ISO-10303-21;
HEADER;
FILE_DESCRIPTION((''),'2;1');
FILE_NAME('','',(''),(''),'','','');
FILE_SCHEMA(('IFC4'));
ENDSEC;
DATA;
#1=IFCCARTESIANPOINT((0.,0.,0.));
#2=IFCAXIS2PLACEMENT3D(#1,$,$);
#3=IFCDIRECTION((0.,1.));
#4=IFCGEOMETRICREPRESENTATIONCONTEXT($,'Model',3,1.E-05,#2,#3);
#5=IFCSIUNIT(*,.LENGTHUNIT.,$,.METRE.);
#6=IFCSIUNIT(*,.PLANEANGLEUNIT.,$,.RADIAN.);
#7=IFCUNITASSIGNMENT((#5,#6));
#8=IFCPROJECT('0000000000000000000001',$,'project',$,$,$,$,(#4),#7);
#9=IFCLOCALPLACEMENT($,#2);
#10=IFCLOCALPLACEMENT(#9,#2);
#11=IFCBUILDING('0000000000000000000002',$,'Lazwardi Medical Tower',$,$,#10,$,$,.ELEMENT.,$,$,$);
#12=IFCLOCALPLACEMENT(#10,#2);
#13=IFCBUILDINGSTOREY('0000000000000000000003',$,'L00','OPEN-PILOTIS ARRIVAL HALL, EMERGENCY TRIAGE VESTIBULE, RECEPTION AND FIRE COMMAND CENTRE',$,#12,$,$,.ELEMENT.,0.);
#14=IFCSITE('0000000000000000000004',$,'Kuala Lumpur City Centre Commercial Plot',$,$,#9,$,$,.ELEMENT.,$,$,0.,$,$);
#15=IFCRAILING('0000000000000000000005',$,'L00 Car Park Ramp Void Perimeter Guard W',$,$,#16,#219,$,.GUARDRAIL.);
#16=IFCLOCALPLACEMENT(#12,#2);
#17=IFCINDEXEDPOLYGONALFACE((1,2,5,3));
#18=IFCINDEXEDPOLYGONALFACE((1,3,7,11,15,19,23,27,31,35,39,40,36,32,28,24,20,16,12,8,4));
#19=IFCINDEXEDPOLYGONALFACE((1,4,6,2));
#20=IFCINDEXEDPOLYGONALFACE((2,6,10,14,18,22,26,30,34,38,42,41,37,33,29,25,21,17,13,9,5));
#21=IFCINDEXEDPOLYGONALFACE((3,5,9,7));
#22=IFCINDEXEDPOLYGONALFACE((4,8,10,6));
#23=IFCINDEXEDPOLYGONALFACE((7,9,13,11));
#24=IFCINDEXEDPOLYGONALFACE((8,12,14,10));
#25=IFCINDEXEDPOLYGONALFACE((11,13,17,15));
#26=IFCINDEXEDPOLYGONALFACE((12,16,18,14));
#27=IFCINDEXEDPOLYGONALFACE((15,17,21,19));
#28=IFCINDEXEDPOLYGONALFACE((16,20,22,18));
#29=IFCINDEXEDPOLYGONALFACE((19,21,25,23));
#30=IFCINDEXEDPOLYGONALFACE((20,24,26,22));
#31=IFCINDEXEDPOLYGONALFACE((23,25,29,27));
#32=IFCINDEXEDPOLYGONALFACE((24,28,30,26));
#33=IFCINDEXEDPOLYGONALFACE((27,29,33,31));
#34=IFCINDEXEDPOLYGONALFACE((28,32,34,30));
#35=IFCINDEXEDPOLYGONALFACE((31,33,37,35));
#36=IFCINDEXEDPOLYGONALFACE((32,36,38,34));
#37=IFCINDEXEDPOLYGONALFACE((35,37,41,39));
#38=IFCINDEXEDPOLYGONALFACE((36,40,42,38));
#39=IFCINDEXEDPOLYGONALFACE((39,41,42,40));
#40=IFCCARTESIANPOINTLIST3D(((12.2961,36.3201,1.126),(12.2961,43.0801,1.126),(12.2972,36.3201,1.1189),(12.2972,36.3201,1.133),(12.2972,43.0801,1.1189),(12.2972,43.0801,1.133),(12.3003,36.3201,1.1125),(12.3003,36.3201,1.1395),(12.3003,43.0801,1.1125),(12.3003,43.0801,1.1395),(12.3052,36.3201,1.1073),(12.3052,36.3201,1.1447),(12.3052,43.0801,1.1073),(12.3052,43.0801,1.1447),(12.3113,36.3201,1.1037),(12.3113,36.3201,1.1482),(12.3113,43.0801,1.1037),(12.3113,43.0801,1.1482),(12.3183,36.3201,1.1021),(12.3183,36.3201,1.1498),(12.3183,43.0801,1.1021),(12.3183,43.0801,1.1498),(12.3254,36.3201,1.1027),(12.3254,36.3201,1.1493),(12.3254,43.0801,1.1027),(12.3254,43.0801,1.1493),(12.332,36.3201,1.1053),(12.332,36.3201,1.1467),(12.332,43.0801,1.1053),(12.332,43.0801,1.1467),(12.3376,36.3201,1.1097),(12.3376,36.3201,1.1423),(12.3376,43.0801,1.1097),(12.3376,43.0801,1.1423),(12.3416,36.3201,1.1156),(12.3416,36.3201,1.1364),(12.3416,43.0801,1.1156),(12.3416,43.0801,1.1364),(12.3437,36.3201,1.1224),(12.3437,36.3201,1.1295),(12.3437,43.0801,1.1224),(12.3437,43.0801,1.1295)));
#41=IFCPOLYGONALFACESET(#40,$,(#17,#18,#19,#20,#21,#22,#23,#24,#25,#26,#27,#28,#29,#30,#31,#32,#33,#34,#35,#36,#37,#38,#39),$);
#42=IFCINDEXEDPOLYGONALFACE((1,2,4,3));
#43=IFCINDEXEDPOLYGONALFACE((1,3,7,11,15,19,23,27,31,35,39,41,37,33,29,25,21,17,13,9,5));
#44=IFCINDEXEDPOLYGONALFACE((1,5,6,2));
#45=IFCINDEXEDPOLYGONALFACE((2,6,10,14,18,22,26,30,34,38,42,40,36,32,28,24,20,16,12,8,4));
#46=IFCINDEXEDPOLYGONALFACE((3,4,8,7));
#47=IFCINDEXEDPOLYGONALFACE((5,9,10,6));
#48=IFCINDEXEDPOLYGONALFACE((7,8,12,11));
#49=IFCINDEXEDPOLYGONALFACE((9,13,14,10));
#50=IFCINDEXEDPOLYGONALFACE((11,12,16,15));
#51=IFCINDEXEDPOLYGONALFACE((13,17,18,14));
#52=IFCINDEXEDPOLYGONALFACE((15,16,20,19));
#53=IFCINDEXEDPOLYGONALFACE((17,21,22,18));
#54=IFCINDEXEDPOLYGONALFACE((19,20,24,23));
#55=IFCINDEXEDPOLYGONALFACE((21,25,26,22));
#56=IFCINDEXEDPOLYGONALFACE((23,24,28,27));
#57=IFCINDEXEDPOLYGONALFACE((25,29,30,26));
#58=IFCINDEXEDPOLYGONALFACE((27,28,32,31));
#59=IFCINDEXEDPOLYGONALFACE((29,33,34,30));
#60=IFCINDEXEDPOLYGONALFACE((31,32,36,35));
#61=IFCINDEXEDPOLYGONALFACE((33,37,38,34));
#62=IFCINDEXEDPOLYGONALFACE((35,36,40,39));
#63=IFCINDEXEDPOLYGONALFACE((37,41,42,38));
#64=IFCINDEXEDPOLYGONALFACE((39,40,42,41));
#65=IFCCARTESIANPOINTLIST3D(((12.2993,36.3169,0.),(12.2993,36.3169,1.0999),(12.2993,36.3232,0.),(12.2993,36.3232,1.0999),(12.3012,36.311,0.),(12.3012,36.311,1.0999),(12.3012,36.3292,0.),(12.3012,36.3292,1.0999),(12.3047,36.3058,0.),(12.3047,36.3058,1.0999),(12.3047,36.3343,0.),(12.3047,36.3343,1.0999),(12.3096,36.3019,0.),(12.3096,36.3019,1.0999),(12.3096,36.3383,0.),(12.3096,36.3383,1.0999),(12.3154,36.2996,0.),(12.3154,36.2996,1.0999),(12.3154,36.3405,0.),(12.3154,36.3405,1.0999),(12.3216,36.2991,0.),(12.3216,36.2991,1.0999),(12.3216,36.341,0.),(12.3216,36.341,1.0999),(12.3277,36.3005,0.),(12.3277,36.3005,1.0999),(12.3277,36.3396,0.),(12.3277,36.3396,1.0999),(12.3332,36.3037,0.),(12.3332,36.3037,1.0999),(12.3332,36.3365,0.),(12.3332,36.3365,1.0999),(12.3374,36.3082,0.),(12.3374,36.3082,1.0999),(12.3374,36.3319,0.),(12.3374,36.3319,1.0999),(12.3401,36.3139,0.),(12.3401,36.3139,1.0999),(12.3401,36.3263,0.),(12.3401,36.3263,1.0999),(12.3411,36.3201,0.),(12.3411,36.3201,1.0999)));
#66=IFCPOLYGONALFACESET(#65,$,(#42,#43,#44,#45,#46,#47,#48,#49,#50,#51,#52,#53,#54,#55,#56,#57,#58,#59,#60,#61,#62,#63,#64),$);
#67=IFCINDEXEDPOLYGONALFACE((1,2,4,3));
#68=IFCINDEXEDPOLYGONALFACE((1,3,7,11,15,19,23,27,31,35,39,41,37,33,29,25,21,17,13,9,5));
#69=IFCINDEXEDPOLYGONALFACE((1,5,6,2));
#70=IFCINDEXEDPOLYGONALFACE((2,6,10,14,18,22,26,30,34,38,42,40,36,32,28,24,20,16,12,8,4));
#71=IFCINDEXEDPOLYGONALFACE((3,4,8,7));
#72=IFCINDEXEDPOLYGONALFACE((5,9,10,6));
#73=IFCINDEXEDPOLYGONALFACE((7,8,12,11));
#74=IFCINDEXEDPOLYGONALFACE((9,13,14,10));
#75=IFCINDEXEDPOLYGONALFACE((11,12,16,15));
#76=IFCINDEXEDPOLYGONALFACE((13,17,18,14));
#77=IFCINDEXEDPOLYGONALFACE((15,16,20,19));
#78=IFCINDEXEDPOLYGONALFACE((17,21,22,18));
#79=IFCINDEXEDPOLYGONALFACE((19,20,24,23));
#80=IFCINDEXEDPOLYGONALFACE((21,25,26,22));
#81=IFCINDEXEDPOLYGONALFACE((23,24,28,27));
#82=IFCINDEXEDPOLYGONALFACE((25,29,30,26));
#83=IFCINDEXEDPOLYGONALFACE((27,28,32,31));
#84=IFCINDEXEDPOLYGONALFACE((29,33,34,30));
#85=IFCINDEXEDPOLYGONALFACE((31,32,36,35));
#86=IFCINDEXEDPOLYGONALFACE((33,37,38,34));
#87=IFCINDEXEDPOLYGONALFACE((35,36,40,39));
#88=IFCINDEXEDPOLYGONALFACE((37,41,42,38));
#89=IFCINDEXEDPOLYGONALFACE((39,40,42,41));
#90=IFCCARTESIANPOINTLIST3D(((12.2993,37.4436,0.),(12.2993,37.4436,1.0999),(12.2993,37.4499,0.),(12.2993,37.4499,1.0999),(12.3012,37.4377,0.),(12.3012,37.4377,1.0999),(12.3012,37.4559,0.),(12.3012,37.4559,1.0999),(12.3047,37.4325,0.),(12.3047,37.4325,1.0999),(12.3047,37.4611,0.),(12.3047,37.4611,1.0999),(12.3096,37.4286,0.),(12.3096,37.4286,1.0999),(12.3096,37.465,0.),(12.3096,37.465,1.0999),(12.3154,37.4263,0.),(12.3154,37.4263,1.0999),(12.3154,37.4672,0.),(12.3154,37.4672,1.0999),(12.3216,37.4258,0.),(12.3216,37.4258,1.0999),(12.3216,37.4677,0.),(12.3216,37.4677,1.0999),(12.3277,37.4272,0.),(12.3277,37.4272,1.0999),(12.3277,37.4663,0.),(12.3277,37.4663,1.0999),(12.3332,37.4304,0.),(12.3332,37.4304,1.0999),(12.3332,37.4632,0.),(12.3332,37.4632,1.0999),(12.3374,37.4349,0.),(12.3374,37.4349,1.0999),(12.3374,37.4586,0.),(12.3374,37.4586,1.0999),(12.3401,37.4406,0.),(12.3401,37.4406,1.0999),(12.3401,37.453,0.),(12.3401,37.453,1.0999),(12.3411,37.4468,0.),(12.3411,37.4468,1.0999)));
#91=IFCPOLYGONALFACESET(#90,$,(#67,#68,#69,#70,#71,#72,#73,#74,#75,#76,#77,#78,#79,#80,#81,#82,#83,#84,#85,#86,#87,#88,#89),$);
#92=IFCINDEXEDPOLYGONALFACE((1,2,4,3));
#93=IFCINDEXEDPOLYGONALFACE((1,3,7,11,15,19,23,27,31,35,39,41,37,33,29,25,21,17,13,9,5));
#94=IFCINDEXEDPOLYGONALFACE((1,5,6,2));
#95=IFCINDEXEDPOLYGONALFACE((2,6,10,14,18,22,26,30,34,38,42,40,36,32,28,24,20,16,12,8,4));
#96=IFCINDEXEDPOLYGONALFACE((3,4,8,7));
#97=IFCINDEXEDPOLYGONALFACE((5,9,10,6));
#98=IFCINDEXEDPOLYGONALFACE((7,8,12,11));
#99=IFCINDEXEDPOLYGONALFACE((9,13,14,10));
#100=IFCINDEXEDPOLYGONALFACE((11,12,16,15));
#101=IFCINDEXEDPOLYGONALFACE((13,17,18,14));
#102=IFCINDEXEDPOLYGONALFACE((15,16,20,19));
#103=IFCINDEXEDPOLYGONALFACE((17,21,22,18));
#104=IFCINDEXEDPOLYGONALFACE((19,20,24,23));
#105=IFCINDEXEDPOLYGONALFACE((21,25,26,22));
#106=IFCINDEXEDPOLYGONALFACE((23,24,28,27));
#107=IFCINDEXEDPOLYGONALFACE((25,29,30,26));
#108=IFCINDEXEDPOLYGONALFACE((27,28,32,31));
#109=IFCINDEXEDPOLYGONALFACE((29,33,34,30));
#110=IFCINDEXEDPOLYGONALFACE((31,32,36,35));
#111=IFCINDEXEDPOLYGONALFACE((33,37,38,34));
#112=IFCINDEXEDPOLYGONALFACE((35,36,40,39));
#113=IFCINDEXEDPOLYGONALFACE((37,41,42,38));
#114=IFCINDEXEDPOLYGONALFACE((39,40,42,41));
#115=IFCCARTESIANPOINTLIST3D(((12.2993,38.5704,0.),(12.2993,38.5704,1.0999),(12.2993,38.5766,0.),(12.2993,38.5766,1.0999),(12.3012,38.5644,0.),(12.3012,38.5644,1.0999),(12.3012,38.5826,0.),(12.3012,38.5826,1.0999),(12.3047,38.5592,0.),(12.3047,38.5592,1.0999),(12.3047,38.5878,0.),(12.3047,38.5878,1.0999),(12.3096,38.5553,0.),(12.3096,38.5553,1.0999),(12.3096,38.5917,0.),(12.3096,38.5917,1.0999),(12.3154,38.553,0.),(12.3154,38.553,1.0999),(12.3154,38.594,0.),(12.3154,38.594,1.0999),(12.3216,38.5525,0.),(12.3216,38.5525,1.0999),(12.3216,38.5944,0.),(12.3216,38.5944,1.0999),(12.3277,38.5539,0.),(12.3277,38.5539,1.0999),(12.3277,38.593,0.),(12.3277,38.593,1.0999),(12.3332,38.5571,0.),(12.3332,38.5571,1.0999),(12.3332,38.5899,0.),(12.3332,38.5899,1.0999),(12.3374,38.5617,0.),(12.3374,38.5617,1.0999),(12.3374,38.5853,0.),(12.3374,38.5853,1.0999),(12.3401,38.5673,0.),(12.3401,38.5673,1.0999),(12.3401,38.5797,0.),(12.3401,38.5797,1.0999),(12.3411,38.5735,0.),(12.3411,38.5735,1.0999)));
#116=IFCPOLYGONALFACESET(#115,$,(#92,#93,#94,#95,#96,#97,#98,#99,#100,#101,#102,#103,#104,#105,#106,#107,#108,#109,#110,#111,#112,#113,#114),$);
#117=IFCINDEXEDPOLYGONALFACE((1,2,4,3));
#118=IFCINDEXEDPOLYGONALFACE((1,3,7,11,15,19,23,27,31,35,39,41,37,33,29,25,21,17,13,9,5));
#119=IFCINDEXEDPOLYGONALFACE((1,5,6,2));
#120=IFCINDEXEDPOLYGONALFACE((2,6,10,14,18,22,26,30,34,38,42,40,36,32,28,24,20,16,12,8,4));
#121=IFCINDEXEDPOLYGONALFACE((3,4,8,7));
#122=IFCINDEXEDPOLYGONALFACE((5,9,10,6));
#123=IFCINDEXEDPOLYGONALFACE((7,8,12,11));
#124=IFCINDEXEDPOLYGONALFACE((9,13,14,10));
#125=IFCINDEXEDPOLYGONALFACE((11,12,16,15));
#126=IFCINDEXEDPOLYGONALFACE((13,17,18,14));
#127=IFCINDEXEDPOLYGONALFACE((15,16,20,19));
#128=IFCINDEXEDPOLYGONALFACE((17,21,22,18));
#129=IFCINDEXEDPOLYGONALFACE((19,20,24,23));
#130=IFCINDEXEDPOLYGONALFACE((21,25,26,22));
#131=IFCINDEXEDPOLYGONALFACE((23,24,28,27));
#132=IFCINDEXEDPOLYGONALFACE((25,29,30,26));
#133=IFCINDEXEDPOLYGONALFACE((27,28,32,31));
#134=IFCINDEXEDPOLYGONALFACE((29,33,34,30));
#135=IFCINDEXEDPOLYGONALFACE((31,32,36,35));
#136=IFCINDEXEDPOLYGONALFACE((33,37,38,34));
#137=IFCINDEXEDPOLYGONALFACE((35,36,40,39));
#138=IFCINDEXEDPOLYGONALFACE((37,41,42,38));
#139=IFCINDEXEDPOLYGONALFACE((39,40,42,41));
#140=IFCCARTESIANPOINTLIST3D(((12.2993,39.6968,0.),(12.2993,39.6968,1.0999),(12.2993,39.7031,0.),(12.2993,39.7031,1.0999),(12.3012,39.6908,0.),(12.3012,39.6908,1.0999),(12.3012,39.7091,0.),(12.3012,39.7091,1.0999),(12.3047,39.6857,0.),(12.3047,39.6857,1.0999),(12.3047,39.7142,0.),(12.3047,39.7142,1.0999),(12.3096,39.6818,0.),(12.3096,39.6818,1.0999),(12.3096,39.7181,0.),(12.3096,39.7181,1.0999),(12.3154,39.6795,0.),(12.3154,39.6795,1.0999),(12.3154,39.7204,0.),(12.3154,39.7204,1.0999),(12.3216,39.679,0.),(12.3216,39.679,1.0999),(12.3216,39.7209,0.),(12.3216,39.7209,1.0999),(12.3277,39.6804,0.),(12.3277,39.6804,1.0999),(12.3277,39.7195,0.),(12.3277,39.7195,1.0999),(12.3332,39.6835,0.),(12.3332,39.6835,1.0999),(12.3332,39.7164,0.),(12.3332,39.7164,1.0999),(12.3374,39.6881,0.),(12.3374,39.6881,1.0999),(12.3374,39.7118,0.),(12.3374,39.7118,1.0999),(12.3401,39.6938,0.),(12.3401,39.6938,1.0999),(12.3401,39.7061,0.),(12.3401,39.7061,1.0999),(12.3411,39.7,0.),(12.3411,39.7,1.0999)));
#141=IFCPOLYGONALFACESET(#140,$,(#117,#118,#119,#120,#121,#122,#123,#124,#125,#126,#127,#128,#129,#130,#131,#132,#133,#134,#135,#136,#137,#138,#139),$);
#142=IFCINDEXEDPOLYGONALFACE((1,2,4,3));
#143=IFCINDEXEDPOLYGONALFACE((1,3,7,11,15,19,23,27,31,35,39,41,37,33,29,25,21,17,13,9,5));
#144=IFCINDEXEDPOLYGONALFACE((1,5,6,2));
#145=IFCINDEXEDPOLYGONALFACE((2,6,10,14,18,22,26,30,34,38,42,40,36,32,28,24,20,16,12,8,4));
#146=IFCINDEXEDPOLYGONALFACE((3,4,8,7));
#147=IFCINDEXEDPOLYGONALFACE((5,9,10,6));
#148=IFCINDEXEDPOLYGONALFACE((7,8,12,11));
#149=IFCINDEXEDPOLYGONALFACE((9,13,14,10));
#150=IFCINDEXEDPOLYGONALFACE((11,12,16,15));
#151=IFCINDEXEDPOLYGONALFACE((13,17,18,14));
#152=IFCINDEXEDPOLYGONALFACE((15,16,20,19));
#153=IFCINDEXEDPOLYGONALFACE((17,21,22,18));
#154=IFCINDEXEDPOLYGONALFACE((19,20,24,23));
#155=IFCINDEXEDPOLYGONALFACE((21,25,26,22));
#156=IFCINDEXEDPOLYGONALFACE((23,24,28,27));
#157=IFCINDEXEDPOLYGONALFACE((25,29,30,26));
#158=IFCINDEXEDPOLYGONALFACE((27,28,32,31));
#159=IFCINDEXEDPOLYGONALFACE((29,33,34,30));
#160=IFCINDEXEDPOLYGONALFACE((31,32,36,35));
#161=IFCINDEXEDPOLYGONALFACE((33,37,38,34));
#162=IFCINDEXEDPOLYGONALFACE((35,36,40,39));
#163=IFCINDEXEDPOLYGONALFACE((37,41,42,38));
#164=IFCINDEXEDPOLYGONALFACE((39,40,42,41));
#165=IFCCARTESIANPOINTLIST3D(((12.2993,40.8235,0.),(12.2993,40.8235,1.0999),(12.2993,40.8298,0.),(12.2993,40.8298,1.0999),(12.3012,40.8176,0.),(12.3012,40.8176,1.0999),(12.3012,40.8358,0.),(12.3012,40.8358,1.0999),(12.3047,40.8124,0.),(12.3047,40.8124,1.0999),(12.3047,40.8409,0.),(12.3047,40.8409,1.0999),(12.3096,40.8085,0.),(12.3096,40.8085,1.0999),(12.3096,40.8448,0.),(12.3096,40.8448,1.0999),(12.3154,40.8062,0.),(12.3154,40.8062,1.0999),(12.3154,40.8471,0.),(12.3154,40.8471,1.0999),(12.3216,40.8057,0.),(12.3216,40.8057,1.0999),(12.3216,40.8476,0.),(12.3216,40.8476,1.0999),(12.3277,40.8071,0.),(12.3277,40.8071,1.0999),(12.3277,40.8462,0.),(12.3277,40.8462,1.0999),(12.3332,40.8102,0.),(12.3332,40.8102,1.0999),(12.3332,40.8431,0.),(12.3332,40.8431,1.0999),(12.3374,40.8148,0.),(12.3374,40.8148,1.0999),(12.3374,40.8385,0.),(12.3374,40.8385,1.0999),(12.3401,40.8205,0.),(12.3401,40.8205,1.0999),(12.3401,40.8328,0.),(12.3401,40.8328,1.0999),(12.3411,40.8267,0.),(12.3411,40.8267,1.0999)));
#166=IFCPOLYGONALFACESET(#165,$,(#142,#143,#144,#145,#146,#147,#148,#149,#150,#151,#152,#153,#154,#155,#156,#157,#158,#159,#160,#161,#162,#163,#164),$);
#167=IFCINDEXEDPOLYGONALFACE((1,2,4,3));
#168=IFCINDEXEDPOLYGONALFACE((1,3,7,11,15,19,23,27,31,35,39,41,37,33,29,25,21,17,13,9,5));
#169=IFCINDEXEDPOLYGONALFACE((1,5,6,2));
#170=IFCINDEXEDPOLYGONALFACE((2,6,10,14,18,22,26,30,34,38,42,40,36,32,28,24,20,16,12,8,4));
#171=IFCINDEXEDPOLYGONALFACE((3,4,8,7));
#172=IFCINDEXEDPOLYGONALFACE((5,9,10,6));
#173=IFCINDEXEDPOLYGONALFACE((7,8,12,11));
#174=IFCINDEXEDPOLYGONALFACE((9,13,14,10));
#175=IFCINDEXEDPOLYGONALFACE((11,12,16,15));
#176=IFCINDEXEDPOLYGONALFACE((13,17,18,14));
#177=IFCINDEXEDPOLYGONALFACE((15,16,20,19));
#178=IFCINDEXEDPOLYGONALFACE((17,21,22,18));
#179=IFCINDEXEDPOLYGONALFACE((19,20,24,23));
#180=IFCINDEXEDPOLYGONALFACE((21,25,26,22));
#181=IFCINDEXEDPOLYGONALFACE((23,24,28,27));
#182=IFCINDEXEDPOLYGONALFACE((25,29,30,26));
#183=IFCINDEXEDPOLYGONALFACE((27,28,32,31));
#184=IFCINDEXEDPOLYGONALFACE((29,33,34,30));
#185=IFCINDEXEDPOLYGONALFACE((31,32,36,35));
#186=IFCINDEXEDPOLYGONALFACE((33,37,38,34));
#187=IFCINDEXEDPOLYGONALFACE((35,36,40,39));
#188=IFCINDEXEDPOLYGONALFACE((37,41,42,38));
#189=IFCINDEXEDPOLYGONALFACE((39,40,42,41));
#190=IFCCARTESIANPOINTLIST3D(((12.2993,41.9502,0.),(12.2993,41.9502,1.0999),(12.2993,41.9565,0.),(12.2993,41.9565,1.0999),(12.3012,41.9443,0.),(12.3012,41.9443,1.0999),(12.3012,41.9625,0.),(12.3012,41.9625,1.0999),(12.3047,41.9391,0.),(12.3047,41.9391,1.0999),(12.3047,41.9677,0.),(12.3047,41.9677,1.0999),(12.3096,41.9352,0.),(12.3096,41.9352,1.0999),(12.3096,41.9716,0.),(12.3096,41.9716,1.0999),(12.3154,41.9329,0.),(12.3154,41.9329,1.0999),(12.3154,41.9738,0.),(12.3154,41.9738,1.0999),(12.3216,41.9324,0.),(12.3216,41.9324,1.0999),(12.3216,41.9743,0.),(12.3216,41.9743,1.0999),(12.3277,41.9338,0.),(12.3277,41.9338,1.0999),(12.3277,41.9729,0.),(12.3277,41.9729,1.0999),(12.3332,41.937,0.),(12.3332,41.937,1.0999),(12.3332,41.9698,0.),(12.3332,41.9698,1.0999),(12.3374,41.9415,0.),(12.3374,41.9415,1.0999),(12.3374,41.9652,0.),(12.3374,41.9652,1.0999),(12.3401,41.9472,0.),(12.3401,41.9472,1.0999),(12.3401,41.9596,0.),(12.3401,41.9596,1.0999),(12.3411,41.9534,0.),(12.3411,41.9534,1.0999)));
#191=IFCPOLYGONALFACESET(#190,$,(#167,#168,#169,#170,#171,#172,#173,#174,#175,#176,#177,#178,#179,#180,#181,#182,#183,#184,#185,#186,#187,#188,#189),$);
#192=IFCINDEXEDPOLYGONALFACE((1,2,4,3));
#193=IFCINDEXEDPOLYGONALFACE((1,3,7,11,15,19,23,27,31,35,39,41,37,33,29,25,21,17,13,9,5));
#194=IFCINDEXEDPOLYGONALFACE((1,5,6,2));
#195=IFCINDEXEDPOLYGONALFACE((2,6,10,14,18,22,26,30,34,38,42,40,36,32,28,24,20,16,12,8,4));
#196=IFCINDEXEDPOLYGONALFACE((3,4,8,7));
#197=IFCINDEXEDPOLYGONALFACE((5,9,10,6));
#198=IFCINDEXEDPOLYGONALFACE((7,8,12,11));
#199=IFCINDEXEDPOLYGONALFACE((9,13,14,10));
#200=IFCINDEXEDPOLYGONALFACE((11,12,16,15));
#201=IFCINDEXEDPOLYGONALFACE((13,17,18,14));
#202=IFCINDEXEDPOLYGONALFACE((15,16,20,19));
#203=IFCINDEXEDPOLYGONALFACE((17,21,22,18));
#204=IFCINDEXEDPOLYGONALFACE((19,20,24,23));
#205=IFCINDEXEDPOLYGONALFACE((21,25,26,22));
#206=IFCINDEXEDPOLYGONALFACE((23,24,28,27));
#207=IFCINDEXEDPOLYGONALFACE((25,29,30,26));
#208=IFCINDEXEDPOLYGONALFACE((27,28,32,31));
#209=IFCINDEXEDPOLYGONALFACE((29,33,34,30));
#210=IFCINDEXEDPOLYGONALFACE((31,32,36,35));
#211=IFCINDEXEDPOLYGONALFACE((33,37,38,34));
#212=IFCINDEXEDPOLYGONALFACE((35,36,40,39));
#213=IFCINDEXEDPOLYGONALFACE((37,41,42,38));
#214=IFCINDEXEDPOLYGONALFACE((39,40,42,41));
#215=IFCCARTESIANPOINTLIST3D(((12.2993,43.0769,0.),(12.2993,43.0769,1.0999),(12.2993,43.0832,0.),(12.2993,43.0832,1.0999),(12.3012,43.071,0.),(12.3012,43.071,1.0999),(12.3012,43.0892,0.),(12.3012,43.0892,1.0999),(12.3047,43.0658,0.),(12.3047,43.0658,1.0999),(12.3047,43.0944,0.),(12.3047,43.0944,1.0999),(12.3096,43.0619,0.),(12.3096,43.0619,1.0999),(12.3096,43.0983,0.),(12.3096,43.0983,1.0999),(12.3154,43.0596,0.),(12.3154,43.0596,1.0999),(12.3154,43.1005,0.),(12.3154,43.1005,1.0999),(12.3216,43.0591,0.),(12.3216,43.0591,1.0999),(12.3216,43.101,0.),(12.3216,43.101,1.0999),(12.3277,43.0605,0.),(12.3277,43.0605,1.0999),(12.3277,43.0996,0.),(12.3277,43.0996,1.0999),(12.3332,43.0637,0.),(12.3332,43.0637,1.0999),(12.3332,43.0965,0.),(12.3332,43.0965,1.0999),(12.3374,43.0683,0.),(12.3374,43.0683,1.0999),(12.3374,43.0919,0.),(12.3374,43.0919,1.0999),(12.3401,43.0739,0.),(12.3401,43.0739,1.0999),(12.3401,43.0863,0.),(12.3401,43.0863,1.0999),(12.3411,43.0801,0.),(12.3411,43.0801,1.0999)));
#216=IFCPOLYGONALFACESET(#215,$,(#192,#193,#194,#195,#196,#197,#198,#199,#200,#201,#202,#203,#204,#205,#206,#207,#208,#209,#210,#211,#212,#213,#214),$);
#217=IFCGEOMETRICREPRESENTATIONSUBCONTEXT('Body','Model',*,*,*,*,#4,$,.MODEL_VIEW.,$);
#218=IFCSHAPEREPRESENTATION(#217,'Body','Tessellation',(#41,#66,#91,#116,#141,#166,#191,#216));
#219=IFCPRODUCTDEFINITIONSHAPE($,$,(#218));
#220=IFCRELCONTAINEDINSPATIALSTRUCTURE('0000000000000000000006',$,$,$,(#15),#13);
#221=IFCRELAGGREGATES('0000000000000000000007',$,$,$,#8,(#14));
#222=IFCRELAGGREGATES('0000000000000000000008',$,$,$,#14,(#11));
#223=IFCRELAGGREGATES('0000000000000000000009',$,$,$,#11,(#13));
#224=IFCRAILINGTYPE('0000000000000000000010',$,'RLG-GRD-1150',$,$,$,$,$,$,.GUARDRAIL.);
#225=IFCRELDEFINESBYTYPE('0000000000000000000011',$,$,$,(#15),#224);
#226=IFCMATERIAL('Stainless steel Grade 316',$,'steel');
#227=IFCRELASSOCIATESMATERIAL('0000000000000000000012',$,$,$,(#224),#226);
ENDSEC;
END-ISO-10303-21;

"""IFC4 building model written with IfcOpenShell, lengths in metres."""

from ifc_helpers import new_model, si_unit, direction, frame, origin, origin_2d, place, context, subcontext, project, spatial, circle, extrude, material, type_object, element, save


model = new_model("IFC4")

# Units and contexts
model_context = context("Model", 3, precision=1e-05, world=origin(), true_north=direction((0.0, 1.0)))
body_context = subcontext(model_context, "Body", "Model", "MODEL_VIEW")
ifc_project = project(units=[si_unit("LENGTHUNIT", "METRE"), si_unit("PLANEANGLEUNIT", "RADIAN")], contexts=[model_context])

# Site, building, storey
site_placement = place(None, origin())
site = spatial("IfcSite", under=ifc_project, at=site_placement, Name="Kuala Lumpur City Centre Commercial Plot", CompositionType="ELEMENT", RefElevation=0.0)
building_placement = place(site_placement, origin())
building = spatial("IfcBuilding", under=site, at=building_placement, Name="Lazwardi Medical Tower", CompositionType="ELEMENT")
storey_placement = place(building_placement, origin())
storey = spatial("IfcBuildingStorey", under=building, at=storey_placement, Name="L00", Description="OPEN-PILOTIS ARRIVAL HALL, EMERGENCY TRIAGE VESTIBULE, RECEPTION AND FIRE COMMAND CENTRE", CompositionType="ELEMENT", Elevation=0.0)

# Railing
ifc_material_1 = material(Name="Stainless steel Grade 316", Category="steel")
railing_type = type_object("IfcRailingType", Name="RLG-GRD-1150", PredefinedType="GUARDRAIL", material=ifc_material_1)
railing_1_placement = place(storey_placement, frame((12.3201, 36.3201, 0.0)))
element("IfcRailing", 1, at=railing_1_placement, inside=storey, type_object=railing_type, Name="L00 Car Park Ramp Void Perimeter Guard W", PredefinedType="GUARDRAIL", context=body_context, shape_type="SweptSolid", body=[
    extrude(circle(Radius=0.0239, at=origin_2d()), frame((0.0, 0.0, 1.126), z_axis=(0.0, 1.0, 0.0), x_axis=(-1.0, 0.0, 0.0)), (0.0, 0.0, 1.0), 6.76),
    extrude(circle(Radius=0.021, at=origin_2d()), origin(), (0.0, 0.0, 1.0), 1.0999),
    extrude(circle(Radius=0.021, at=origin_2d()), frame((0.0, 1.1267, 0.0)), (0.0, 0.0, 1.0), 1.0999),
    extrude(circle(Radius=0.021, at=origin_2d()), frame((0.0, 2.2534, 0.0)), (0.0, 0.0, 1.0), 1.0999),
    extrude(circle(Radius=0.021, at=origin_2d()), frame((0.0, 3.3799, 0.0)), (0.0, 0.0, 1.0), 1.0999),
    extrude(circle(Radius=0.021, at=origin_2d()), frame((0.0, 4.5066, 0.0)), (0.0, 0.0, 1.0), 1.0999),
    extrude(circle(Radius=0.021, at=origin_2d()), frame((0.0, 5.6333, 0.0)), (0.0, 0.0, 1.0), 1.0999),
    extrude(circle(Radius=0.021, at=origin_2d()), frame((0.0, 6.76, 0.0)), (0.0, 0.0, 1.0), 1.0999),
])

save(model, "model.ifc")
